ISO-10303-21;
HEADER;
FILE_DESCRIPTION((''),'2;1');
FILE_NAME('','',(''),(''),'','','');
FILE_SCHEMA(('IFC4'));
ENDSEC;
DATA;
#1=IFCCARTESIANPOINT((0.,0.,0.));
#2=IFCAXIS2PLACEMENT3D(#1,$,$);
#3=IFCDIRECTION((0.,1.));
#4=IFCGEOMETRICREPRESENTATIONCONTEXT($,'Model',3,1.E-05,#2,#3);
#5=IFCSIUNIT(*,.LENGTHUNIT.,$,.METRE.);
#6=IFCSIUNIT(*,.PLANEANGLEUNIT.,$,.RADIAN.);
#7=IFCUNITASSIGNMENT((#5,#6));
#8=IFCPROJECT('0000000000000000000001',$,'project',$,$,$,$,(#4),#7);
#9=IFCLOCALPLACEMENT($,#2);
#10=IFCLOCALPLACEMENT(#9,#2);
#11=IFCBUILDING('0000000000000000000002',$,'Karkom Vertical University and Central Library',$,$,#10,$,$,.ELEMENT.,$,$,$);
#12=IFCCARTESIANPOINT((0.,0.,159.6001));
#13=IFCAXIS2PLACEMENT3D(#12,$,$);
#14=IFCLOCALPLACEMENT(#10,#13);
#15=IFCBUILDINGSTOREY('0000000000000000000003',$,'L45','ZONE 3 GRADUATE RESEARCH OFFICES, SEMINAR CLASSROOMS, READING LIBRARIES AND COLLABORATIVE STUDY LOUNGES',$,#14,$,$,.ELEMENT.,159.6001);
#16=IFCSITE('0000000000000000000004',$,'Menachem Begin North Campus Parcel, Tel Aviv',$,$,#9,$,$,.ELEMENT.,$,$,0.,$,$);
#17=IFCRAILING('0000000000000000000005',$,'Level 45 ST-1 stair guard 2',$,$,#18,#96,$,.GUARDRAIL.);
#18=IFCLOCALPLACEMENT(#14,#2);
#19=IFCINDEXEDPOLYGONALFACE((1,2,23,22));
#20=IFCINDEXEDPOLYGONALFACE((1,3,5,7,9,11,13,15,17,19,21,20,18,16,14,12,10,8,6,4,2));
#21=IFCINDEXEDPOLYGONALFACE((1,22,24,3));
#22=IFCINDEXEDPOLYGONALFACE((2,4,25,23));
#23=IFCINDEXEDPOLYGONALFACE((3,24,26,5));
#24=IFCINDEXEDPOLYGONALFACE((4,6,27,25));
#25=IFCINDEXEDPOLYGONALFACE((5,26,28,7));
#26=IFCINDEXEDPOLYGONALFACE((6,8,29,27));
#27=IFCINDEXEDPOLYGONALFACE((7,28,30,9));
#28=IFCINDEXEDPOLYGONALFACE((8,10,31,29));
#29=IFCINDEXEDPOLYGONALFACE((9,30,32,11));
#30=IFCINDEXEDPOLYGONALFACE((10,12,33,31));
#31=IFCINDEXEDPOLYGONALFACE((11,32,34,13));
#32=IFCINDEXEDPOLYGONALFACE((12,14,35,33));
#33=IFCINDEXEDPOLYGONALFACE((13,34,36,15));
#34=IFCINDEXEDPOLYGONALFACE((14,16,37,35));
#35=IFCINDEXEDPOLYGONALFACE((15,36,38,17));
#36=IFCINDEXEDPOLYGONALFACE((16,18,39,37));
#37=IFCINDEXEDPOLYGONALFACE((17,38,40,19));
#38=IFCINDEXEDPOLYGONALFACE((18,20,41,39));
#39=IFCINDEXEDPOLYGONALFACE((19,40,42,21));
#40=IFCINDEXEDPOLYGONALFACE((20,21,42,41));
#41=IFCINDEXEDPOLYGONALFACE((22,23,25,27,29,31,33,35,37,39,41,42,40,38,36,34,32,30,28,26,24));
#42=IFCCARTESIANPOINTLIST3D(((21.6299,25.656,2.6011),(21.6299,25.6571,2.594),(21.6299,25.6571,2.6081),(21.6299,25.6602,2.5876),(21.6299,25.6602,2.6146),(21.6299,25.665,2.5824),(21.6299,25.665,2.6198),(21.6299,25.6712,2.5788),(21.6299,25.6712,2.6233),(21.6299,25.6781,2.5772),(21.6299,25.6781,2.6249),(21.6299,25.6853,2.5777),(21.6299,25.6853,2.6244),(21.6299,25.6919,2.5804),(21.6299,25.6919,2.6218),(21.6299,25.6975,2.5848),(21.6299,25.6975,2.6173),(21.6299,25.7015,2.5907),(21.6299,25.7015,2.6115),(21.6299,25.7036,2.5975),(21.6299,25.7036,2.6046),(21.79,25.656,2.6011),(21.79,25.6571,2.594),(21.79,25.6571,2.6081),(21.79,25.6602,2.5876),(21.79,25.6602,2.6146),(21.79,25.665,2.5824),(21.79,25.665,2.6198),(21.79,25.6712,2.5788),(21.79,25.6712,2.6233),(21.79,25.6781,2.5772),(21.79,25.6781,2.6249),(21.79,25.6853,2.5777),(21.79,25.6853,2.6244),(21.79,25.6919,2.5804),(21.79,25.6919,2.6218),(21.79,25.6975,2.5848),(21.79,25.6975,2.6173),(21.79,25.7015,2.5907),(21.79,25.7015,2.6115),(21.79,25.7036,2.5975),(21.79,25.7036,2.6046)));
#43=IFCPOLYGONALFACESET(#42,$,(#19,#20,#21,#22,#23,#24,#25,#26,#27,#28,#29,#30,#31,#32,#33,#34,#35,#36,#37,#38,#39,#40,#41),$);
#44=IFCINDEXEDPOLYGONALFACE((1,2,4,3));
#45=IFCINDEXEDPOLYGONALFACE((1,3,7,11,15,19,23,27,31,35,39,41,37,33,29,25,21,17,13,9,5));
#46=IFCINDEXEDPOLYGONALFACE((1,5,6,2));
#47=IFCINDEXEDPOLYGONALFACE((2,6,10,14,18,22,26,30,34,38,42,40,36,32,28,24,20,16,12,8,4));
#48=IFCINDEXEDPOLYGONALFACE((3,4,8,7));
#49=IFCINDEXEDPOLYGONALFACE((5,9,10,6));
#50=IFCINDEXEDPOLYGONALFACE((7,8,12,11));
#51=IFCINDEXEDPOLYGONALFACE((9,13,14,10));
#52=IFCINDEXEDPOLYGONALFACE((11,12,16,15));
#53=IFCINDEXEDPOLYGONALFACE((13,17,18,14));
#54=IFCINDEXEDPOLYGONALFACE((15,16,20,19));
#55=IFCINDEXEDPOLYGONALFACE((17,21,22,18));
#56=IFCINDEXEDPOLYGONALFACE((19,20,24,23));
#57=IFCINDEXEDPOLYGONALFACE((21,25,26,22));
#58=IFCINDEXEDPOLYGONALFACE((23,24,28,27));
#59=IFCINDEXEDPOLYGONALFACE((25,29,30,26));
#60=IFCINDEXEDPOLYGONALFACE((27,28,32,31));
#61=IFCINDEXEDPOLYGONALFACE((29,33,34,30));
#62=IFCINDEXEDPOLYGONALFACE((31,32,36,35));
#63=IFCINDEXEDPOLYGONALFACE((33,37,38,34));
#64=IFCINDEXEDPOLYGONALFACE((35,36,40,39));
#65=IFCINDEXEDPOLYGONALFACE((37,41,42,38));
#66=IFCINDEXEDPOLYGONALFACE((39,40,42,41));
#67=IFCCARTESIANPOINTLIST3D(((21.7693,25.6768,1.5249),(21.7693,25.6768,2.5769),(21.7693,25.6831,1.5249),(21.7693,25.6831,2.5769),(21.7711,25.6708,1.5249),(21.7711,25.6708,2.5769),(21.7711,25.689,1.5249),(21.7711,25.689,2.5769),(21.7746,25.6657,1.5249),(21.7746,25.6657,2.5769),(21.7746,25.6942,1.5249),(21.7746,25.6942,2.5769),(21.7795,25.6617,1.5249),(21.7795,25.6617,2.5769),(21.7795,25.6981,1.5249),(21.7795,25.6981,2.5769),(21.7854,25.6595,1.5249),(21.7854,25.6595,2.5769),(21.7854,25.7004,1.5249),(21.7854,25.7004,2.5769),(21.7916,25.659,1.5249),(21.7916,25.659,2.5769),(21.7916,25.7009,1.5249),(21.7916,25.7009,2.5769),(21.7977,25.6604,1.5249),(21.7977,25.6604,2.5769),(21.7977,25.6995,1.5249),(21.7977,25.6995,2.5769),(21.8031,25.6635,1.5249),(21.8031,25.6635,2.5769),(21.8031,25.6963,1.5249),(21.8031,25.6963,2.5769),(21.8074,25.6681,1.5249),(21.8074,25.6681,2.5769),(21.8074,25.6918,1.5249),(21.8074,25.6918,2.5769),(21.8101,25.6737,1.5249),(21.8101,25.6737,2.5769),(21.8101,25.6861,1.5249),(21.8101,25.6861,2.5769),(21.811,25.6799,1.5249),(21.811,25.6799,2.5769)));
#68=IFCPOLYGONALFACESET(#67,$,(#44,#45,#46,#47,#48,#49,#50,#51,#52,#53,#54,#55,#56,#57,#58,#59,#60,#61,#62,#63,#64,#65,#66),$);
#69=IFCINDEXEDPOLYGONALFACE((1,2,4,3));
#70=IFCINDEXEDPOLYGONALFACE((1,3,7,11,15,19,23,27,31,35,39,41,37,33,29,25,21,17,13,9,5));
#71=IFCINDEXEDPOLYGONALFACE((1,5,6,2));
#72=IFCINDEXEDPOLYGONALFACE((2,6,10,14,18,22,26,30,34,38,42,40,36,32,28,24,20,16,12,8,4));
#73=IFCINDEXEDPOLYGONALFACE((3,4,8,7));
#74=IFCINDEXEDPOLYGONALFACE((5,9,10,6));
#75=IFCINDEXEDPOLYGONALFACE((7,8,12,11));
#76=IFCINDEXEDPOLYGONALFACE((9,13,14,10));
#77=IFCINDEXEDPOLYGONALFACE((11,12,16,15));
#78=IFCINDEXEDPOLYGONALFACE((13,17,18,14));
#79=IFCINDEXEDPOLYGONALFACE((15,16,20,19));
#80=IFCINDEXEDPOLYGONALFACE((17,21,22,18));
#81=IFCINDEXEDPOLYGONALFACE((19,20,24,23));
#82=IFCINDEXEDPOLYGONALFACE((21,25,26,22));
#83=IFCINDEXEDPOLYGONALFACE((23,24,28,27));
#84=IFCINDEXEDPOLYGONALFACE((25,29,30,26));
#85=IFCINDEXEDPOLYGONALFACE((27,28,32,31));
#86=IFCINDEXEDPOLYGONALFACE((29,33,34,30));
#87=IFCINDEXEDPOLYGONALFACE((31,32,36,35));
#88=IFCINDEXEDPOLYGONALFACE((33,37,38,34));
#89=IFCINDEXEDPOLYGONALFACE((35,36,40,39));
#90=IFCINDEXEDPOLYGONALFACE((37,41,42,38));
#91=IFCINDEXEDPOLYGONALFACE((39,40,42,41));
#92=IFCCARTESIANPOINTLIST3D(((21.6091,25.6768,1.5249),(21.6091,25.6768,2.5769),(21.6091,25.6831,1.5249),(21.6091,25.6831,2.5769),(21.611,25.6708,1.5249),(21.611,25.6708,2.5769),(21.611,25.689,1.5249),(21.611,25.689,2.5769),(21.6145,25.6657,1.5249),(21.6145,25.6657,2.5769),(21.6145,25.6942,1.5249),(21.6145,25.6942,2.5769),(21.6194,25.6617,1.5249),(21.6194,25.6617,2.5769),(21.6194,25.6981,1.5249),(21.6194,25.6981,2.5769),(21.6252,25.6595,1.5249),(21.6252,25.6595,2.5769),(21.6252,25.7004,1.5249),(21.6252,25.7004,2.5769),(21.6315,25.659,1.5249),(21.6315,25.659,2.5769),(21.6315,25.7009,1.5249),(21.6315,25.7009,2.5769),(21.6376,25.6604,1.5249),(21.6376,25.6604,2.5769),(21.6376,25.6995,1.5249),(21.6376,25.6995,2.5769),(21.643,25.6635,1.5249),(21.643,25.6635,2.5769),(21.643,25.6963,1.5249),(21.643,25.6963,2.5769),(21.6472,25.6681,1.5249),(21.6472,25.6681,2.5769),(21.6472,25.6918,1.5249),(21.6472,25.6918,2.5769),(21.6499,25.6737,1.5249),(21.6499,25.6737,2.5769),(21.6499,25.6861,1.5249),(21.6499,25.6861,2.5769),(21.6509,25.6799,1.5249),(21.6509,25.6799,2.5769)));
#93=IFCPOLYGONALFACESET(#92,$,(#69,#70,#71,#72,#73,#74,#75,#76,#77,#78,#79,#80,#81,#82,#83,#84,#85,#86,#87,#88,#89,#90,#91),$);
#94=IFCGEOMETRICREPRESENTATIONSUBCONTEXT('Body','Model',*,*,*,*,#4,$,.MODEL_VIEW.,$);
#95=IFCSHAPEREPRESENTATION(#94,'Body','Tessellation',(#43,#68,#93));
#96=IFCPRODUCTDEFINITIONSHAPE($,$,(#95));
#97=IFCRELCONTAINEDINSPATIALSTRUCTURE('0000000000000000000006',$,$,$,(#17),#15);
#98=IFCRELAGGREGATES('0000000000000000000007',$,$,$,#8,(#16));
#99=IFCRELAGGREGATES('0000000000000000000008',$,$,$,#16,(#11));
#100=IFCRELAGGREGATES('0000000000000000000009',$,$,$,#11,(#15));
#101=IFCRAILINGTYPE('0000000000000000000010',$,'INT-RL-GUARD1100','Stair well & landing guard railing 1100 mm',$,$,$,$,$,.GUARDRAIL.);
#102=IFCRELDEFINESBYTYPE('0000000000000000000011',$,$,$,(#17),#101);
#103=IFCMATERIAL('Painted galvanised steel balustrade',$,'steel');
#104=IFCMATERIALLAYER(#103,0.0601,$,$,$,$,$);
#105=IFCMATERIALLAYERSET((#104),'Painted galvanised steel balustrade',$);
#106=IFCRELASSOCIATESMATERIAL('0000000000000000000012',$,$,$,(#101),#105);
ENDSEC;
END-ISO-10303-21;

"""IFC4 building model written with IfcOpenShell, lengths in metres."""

from ifc_helpers import new_model, si_unit, direction, frame, origin, origin_2d, place, context, subcontext, project, spatial, circle, extrude, material, layer, layer_set, type_object, element, save


model = new_model("IFC4")

# Units and contexts
model_context = context("Model", 3, precision=1e-05, world=origin(), true_north=direction((0.0, 1.0)))
body_context = subcontext(model_context, "Body", "Model", "MODEL_VIEW")
ifc_project = project(units=[si_unit("LENGTHUNIT", "METRE"), si_unit("PLANEANGLEUNIT", "RADIAN")], contexts=[model_context])

# Site, building, storey
site_placement = place(None, origin())
site = spatial("IfcSite", under=ifc_project, at=site_placement, Name="Menachem Begin North Campus Parcel, Tel Aviv", CompositionType="ELEMENT", RefElevation=0.0)
building_placement = place(site_placement, origin())
building = spatial("IfcBuilding", under=site, at=building_placement, Name="Karkom Vertical University and Central Library", CompositionType="ELEMENT")
storey_placement = place(building_placement, frame((0.0, 0.0, 159.6001)))
storey = spatial("IfcBuildingStorey", under=building, at=storey_placement, Name="L45", Description="ZONE 3 GRADUATE RESEARCH OFFICES, SEMINAR CLASSROOMS, READING LIBRARIES AND COLLABORATIVE STUDY LOUNGES", CompositionType="ELEMENT", Elevation=159.6001)

# Railing
ifc_material_1 = material(Name="Painted galvanised steel balustrade", Category="steel")
ifc_layer_1 = layer(ifc_material_1, 0.0601)
ifc_layer_set_1 = layer_set([ifc_layer_1], Name="Painted galvanised steel balustrade")
railing_type_1 = type_object("IfcRailingType", Name="INT-RL-GUARD1100", Description="Stair well & landing guard railing 1100 mm", PredefinedType="GUARDRAIL", material=ifc_layer_set_1)
railing_1_placement = place(storey_placement, frame((21.79, 25.6799, 1.5249)))
element("IfcRailing", 1, at=railing_1_placement, inside=storey, type_object=railing_type_1, Name="Level 45 ST-1 stair guard 2", PredefinedType="GUARDRAIL", context=body_context, shape_type="SweptSolid", body=[
    extrude(circle(Radius=0.0239, at=origin_2d()), frame((0.0, 0.0, 1.0762), z_axis=(-1.0, 0.0, 0.0), x_axis=(0.0, -1.0, 0.0)), (0.0, 0.0, 1.0), 0.1602),
    extrude(circle(Radius=0.021, at=origin_2d()), origin(), (0.0, 0.0, 1.0), 1.052),
    extrude(circle(Radius=0.021, at=origin_2d()), frame((-0.1602, 0.0, 0.0)), (0.0, 0.0, 1.0), 1.052),
])

save(model, "model.ifc")
